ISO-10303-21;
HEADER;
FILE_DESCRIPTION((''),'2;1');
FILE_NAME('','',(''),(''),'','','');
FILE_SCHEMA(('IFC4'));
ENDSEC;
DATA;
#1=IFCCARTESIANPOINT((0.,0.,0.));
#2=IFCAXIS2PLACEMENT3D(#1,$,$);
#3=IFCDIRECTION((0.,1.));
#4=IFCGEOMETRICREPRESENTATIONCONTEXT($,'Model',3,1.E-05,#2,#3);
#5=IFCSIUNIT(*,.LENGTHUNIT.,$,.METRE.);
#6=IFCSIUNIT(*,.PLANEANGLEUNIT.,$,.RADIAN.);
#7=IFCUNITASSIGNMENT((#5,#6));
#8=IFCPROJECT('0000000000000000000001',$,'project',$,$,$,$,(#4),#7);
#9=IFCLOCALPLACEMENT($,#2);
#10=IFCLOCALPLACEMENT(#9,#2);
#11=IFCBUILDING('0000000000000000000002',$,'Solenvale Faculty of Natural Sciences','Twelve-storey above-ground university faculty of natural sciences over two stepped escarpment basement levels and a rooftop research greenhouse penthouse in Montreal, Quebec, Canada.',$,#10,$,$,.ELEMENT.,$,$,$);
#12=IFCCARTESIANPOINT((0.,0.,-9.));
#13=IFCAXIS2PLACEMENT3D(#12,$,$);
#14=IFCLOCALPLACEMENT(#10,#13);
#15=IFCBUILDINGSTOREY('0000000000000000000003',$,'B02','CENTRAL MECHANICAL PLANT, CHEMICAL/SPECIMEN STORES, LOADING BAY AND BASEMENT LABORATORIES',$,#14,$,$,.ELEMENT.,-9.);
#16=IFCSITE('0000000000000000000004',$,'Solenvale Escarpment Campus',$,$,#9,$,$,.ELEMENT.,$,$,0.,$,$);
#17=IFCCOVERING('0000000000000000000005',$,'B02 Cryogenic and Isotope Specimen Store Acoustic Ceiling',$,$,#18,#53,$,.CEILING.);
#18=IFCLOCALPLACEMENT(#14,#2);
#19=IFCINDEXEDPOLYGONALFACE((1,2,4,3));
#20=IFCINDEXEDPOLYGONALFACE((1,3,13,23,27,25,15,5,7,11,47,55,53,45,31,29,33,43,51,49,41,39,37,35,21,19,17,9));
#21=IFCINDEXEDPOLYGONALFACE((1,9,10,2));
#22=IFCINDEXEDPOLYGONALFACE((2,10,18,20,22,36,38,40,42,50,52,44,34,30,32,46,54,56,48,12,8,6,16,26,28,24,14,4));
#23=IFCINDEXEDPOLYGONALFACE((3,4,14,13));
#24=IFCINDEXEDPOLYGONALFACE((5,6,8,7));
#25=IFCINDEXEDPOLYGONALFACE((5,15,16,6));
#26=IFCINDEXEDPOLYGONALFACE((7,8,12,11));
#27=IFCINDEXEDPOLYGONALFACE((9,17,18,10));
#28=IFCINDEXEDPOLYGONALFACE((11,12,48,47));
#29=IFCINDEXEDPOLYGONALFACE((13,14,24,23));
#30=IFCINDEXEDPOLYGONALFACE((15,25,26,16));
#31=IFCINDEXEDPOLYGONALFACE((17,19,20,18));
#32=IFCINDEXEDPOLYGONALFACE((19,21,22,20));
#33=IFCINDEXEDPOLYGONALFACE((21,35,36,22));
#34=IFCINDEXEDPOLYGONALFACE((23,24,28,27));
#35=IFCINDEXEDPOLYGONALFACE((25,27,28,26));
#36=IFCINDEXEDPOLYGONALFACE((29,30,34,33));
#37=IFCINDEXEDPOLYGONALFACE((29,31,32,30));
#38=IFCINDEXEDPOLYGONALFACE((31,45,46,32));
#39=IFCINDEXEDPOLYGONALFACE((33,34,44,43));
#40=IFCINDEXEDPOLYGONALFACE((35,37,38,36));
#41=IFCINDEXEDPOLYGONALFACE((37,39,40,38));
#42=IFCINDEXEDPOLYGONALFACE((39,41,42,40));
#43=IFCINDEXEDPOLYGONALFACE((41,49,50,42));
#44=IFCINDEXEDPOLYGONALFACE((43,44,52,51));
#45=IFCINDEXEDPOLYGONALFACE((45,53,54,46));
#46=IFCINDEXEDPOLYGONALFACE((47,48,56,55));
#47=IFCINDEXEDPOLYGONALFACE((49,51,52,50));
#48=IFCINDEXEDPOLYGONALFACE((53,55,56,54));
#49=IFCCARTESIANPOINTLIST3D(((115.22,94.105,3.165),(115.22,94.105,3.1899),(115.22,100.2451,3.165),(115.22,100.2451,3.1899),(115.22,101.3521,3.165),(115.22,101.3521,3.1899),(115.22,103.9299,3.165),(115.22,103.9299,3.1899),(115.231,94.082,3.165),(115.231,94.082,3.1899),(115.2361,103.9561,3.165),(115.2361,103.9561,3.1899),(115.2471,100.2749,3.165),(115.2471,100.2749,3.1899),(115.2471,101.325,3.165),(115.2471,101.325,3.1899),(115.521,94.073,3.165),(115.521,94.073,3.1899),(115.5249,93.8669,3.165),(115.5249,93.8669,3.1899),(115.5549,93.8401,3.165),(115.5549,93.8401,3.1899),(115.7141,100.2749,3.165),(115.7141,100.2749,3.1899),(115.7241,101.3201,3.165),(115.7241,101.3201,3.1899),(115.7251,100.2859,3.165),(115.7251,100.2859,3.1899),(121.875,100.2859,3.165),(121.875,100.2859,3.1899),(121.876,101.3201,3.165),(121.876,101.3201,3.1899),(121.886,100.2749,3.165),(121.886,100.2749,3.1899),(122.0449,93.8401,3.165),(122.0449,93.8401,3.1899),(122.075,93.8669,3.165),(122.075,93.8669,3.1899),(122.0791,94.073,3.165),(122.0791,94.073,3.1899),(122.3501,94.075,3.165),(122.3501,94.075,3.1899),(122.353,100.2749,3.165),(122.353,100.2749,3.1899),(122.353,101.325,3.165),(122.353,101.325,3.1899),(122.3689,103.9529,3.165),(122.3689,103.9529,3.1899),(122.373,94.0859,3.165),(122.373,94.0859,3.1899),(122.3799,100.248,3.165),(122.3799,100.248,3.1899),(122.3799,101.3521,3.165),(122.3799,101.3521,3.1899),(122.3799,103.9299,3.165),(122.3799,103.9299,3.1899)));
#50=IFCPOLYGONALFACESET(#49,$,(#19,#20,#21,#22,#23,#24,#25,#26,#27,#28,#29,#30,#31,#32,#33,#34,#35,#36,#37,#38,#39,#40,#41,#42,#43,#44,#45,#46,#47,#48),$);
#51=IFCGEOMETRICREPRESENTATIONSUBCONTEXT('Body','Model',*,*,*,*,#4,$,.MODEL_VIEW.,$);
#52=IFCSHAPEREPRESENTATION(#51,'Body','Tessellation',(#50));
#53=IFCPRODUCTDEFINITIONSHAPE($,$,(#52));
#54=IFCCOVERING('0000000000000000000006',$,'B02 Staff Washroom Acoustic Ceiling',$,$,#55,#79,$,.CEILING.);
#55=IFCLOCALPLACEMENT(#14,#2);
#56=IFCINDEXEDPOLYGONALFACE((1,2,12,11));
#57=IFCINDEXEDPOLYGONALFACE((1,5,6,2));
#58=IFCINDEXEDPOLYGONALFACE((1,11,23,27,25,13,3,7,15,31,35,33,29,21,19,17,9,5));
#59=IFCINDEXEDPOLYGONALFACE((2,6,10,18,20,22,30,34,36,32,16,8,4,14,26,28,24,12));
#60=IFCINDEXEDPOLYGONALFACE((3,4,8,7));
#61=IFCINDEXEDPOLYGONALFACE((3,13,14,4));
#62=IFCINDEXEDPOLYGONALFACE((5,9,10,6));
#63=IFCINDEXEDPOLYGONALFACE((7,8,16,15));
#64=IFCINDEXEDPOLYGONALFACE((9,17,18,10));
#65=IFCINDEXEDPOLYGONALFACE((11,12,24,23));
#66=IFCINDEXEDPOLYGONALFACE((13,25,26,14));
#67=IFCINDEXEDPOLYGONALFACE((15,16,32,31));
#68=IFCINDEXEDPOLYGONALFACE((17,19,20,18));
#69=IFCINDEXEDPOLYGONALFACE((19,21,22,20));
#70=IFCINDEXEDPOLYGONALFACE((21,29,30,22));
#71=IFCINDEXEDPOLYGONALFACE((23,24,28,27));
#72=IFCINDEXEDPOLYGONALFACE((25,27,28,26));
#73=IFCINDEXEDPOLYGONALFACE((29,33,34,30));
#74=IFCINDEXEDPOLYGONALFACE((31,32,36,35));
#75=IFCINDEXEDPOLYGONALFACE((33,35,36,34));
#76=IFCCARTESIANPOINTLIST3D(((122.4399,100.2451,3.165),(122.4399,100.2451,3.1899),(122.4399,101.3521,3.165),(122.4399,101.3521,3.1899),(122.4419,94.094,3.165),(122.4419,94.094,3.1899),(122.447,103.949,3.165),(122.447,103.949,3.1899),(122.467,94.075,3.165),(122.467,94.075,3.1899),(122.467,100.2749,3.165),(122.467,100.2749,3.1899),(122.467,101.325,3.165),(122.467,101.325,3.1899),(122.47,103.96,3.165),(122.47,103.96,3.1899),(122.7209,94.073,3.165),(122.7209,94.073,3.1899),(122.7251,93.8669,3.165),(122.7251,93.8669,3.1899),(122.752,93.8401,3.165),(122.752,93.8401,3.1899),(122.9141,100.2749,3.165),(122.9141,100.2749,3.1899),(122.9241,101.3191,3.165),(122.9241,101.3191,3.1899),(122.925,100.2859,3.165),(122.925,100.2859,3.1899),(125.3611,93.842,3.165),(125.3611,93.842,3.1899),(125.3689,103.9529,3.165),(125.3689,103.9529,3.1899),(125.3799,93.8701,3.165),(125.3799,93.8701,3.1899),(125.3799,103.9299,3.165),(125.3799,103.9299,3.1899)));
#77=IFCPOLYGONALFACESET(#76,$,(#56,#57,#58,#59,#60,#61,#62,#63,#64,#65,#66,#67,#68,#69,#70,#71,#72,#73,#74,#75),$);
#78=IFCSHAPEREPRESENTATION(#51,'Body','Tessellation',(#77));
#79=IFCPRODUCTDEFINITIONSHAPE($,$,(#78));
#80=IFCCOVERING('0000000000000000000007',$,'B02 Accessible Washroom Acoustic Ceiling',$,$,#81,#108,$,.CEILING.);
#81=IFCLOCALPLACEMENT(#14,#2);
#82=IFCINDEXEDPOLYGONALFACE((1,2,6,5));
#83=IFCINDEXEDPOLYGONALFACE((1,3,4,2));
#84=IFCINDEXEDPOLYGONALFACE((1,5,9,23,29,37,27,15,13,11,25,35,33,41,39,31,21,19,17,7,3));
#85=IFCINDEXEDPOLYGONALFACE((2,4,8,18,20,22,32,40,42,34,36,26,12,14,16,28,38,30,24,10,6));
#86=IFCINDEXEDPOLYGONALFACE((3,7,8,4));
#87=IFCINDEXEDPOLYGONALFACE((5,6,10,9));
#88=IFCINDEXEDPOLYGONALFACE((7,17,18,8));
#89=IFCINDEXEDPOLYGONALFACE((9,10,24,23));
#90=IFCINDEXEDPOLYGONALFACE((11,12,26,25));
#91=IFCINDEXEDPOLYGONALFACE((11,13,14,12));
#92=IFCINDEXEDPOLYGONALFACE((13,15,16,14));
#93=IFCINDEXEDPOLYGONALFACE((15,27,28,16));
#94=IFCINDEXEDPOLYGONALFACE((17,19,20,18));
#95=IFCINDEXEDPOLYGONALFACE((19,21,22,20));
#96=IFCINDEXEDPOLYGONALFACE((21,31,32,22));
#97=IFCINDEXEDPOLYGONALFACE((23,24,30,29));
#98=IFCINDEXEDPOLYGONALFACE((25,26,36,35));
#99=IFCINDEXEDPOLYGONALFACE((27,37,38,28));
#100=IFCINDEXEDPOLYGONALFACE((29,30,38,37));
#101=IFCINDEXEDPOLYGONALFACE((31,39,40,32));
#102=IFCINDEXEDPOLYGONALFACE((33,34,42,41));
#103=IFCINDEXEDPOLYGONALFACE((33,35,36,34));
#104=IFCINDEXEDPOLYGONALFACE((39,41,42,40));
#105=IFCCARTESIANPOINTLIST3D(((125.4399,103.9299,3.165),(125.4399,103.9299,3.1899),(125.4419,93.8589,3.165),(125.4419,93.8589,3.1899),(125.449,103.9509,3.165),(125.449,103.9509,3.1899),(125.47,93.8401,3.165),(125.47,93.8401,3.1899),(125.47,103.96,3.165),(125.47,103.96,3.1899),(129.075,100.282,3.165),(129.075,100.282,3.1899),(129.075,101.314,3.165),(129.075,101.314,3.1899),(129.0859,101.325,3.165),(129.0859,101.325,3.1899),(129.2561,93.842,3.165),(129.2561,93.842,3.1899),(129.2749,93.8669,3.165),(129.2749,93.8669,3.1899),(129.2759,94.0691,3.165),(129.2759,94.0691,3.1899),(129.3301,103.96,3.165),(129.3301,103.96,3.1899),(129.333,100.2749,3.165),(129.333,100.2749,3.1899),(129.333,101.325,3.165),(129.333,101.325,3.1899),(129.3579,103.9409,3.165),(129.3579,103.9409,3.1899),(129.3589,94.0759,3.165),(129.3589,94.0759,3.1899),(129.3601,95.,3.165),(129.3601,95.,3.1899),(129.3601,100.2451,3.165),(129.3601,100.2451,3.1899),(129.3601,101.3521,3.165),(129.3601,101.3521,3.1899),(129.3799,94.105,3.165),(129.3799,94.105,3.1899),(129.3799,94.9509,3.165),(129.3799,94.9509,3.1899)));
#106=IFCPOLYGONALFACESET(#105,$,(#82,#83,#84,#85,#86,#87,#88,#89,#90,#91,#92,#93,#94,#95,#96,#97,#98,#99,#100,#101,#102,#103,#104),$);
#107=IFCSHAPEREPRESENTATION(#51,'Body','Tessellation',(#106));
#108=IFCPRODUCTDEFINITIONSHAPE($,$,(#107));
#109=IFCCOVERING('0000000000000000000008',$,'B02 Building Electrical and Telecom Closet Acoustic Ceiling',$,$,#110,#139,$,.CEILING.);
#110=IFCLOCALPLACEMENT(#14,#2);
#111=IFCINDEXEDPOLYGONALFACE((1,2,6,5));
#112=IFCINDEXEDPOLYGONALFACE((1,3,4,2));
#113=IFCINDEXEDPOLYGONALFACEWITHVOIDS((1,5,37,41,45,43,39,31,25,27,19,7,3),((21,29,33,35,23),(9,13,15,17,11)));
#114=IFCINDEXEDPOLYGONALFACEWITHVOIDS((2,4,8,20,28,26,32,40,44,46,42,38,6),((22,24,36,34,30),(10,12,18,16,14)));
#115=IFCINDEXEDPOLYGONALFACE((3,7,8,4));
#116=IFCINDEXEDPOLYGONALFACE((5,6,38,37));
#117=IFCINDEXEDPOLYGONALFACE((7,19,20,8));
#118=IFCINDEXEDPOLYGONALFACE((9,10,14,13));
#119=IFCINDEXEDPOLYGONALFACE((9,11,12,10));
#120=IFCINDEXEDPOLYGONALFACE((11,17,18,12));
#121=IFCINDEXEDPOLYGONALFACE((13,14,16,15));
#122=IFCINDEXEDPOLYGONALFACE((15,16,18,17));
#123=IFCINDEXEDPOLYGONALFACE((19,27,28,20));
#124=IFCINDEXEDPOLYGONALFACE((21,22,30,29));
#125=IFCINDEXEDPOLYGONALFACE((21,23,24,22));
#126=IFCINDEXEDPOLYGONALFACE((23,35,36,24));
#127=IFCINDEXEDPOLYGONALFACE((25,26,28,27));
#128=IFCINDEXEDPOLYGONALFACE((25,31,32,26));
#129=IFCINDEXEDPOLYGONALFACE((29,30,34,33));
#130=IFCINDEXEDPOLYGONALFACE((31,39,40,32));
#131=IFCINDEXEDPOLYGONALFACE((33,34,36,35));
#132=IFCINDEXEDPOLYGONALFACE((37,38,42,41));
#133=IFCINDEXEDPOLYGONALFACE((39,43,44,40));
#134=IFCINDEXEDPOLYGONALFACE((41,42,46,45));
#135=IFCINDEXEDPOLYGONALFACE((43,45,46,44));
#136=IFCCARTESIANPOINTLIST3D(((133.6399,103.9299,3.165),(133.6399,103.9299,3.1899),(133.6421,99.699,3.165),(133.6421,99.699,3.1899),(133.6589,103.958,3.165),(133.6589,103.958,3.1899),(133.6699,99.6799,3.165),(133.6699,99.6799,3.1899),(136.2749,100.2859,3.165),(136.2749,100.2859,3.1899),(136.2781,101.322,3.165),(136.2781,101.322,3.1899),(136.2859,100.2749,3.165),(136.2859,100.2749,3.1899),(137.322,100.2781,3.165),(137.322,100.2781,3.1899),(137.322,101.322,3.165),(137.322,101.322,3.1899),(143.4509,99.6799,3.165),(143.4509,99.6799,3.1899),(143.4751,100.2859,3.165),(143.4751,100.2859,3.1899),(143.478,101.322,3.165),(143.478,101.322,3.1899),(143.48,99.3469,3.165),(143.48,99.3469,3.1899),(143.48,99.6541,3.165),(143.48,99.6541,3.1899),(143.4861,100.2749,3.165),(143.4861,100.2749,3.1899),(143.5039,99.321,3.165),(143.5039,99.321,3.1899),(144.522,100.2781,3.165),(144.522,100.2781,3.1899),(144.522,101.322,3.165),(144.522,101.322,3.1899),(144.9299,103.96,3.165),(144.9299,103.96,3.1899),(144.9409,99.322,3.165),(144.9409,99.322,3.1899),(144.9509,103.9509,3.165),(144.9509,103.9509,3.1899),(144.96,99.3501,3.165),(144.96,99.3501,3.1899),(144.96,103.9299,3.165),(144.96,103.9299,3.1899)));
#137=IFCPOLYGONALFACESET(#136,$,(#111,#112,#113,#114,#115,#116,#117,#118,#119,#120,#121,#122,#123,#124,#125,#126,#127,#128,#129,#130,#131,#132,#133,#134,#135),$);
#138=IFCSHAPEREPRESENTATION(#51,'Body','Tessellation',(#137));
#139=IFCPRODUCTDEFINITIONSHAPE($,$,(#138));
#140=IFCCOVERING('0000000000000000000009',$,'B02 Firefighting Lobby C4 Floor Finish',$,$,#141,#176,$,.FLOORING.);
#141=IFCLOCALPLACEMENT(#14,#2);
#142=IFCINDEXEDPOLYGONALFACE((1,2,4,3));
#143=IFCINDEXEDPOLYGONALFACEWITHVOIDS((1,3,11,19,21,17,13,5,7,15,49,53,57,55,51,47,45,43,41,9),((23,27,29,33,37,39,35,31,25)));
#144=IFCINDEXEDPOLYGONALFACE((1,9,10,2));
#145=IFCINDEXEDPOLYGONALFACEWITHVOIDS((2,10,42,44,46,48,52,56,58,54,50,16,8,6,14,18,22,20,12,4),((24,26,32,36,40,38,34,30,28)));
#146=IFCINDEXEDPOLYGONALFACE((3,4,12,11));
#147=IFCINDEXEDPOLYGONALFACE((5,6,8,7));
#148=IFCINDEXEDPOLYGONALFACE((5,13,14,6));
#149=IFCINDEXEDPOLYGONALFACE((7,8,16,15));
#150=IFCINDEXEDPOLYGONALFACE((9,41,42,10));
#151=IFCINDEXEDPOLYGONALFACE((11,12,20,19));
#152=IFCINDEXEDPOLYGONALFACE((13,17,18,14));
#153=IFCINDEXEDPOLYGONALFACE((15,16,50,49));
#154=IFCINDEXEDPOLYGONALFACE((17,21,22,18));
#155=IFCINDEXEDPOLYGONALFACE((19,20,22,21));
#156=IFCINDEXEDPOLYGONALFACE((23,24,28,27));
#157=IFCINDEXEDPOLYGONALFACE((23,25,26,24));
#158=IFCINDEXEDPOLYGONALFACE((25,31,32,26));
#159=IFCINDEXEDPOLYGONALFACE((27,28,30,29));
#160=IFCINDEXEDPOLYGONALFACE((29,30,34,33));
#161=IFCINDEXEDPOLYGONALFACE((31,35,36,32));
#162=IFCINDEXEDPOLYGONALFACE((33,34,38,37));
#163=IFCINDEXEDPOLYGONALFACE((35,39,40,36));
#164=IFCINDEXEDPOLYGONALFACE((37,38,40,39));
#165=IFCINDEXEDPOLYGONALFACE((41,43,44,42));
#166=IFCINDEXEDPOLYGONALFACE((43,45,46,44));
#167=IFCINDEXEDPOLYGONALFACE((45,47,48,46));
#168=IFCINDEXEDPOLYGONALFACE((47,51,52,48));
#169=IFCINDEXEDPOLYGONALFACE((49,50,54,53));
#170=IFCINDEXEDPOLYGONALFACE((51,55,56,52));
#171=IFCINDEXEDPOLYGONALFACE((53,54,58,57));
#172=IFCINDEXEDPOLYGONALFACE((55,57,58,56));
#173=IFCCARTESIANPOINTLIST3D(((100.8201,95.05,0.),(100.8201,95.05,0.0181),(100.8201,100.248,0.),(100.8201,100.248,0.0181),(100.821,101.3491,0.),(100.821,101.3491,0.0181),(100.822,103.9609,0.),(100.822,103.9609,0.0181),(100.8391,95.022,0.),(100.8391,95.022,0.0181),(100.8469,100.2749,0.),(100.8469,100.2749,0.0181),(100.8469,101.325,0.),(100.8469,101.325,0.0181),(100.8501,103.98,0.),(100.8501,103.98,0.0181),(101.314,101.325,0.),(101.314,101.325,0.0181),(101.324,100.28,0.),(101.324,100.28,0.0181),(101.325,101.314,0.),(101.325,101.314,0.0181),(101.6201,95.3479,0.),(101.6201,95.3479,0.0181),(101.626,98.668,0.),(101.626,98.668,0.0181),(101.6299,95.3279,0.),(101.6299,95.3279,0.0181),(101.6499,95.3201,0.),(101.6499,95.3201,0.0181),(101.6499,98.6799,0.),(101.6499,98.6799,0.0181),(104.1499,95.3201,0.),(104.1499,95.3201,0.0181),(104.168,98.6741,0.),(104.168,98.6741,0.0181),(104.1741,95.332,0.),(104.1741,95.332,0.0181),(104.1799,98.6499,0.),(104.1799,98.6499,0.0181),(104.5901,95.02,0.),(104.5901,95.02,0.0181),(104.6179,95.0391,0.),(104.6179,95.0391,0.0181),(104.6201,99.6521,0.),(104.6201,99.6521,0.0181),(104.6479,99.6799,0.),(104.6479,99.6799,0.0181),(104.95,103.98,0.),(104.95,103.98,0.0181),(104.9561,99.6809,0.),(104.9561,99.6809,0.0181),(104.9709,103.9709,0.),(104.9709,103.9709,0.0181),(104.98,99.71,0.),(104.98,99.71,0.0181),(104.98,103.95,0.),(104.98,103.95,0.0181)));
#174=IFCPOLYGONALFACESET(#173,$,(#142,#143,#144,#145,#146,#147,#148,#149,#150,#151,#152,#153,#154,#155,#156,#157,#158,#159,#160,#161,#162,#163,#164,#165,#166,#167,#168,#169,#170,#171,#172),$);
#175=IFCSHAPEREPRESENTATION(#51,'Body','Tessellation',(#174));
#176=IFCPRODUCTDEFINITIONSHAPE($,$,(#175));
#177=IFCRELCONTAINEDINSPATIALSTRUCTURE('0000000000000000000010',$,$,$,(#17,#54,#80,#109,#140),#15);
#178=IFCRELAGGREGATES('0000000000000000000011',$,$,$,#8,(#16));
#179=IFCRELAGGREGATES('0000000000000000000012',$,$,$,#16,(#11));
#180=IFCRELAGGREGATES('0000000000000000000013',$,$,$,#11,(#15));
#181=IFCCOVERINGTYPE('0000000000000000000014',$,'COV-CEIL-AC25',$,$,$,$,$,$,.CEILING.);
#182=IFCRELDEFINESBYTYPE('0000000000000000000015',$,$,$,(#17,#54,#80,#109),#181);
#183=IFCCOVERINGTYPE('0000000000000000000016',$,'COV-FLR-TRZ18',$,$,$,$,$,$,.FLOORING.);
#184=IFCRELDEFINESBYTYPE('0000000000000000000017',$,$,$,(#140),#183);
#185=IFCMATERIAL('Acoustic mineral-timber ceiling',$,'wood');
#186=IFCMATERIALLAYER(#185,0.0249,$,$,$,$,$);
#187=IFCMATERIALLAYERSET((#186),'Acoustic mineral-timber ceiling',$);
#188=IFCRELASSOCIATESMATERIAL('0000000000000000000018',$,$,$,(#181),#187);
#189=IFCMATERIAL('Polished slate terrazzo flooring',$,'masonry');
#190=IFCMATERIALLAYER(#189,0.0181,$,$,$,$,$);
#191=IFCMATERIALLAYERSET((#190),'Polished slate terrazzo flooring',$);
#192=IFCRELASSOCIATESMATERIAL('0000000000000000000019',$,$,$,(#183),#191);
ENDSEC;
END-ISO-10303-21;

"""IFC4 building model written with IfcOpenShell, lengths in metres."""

from ifc_helpers import new_model, si_unit, direction, frame, origin, place, context, subcontext, project, spatial, polyline, outline, extrude, material, layer, layer_set, type_object, element, save


model = new_model("IFC4")

# Units and contexts
model_context = context("Model", 3, precision=1e-05, world=origin(), true_north=direction((0.0, 1.0)))
body_context = subcontext(model_context, "Body", "Model", "MODEL_VIEW")
ifc_project = project(units=[si_unit("LENGTHUNIT", "METRE"), si_unit("PLANEANGLEUNIT", "RADIAN")], contexts=[model_context])

# Site, building, storey
site_placement = place(None, origin())
site = spatial("IfcSite", under=ifc_project, at=site_placement, Name="Solenvale Escarpment Campus", CompositionType="ELEMENT", RefElevation=0.0)
building_placement = place(site_placement, origin())
building = spatial("IfcBuilding", under=site, at=building_placement, Name="Solenvale Faculty of Natural Sciences", Description="Twelve-storey above-ground university faculty of natural sciences over two stepped escarpment basement levels and a rooftop research greenhouse penthouse in Montreal, Quebec, Canada.", CompositionType="ELEMENT")
storey_placement = place(building_placement, frame((0.0, 0.0, -9.0)))
storey = spatial("IfcBuildingStorey", under=building, at=storey_placement, Name="B02", Description="CENTRAL MECHANICAL PLANT, CHEMICAL/SPECIMEN STORES, LOADING BAY AND BASEMENT LABORATORIES", CompositionType="ELEMENT", Elevation=-9.0)

# Coverings
ifc_material_1 = material(Name="Acoustic mineral-timber ceiling", Category="wood")
ifc_layer_1 = layer(ifc_material_1, 0.0249)
ifc_layer_set_1 = layer_set([ifc_layer_1], Name="Acoustic mineral-timber ceiling")
covering_type_1 = type_object("IfcCoveringType", Name="COV-CEIL-AC25", PredefinedType="CEILING", material=ifc_layer_set_1)
covering_1_placement = place(storey_placement, frame((0.0, 0.0, 3.165)))
element("IfcCovering", 1, at=covering_1_placement, inside=storey, type_object=covering_type_1, Name="B02 Cryogenic and Isotope Specimen Store Acoustic Ceiling", PredefinedType="CEILING", context=body_context, shape_type="SweptSolid", body=[
    extrude(outline(polyline([(115.22, 100.2451), (115.2471, 100.2749), (115.7141, 100.2749), (115.7251, 100.2859), (115.7241, 101.3201), (115.2471, 101.325), (115.22, 101.3521), (115.22, 103.9299), (115.2361, 103.9561), (122.3689, 103.9529), (122.3799, 103.9299), (122.3799, 101.3521), (122.353, 101.325), (121.876, 101.3201), (121.875, 100.2859), (121.886, 100.2749), (122.353, 100.2749), (122.3799, 100.248), (122.373, 94.0859), (122.3501, 94.075), (122.0791, 94.073), (122.075, 93.8669), (122.0449, 93.8401), (115.5549, 93.8401), (115.5249, 93.8669), (115.521, 94.073), (115.231, 94.082), (115.22, 94.105), (115.22, 100.2451)])), origin(), (0.0, 0.0, 1.0), 0.0249),
])
covering_2_placement = place(storey_placement, frame((0.0, 0.0, 3.165)))
element("IfcCovering", 2, at=covering_2_placement, inside=storey, type_object=covering_type_1, Name="B02 Staff Washroom Acoustic Ceiling", PredefinedType="CEILING", context=body_context, shape_type="SweptSolid", body=[
    extrude(outline(polyline([(122.4399, 100.2451), (122.467, 100.2749), (122.9141, 100.2749), (122.925, 100.2859), (122.9241, 101.3191), (122.467, 101.325), (122.4399, 101.3521), (122.447, 103.949), (122.47, 103.96), (125.3689, 103.9529), (125.3799, 103.9299), (125.3799, 93.8701), (125.3611, 93.842), (122.752, 93.8401), (122.7251, 93.8669), (122.7209, 94.073), (122.467, 94.075), (122.4419, 94.094), (122.4399, 100.2451)])), origin(), (0.0, 0.0, 1.0), 0.0249),
])
covering_3_placement = place(storey_placement, frame((0.0, 0.0, 3.165)))
element("IfcCovering", 3, at=covering_3_placement, inside=storey, type_object=covering_type_1, Name="B02 Accessible Washroom Acoustic Ceiling", PredefinedType="CEILING", context=body_context, shape_type="SweptSolid", body=[
    extrude(outline(polyline([(125.4399, 103.9299), (125.449, 103.9509), (125.47, 103.96), (129.3301, 103.96), (129.3579, 103.9409), (129.3601, 101.3521), (129.333, 101.325), (129.0859, 101.325), (129.075, 101.314), (129.075, 100.282), (129.333, 100.2749), (129.3601, 100.2451), (129.3601, 95.0), (129.3799, 94.9509), (129.3799, 94.105), (129.3589, 94.0759), (129.2759, 94.0691), (129.2749, 93.8669), (129.2561, 93.842), (125.47, 93.8401), (125.4419, 93.8589), (125.4399, 103.9299)])), origin(), (0.0, 0.0, 1.0), 0.0249),
])
covering_4_placement = place(storey_placement, frame((0.0, 0.0, 3.165)))
element("IfcCovering", 4, at=covering_4_placement, inside=storey, type_object=covering_type_1, Name="B02 Building Electrical and Telecom Closet Acoustic Ceiling", PredefinedType="CEILING", context=body_context, shape_type="SweptSolid", body=[
    extrude(outline(polyline([(144.9299, 103.96), (144.9509, 103.9509), (144.96, 103.9299), (144.96, 99.3501), (144.9409, 99.322), (143.5039, 99.321), (143.48, 99.3469), (143.48, 99.6541), (143.4509, 99.6799), (133.6699, 99.6799), (133.6421, 99.699), (133.6399, 103.9299), (133.6589, 103.958), (144.9299, 103.96)]), holes=[polyline([(143.4751, 100.2859), (143.4861, 100.2749), (144.522, 100.2781), (144.522, 101.322), (143.478, 101.322), (143.4751, 100.2859)]), polyline([(136.2749, 100.2859), (136.2859, 100.2749), (137.322, 100.2781), (137.322, 101.322), (136.2781, 101.322), (136.2749, 100.2859)])]), origin(), (0.0, 0.0, 1.0), 0.0249),
])
ifc_material_2 = material(Name="Polished slate terrazzo flooring", Category="masonry")
ifc_layer_2 = layer(ifc_material_2, 0.0181)
ifc_layer_set_2 = layer_set([ifc_layer_2], Name="Polished slate terrazzo flooring")
covering_type_2 = type_object("IfcCoveringType", Name="COV-FLR-TRZ18", PredefinedType="FLOORING", material=ifc_layer_set_2)
covering_5_placement = place(storey_placement, origin())
element("IfcCovering", 5, at=covering_5_placement, inside=storey, type_object=covering_type_2, Name="B02 Firefighting Lobby C4 Floor Finish", PredefinedType="FLOORING", context=body_context, shape_type="SweptSolid", body=[
    extrude(outline(polyline([(104.95, 103.98), (104.9709, 103.9709), (104.98, 103.95), (104.98, 99.71), (104.9561, 99.6809), (104.6479, 99.6799), (104.6201, 99.6521), (104.6179, 95.0391), (104.5901, 95.02), (100.8391, 95.022), (100.8201, 95.05), (100.8201, 100.248), (100.8469, 100.2749), (101.324, 100.28), (101.325, 101.314), (101.314, 101.325), (100.8469, 101.325), (100.821, 101.3491), (100.822, 103.9609), (100.8501, 103.98), (104.95, 103.98)]), holes=[polyline([(101.6201, 95.3479), (101.6299, 95.3279), (101.6499, 95.3201), (104.1499, 95.3201), (104.1741, 95.332), (104.1799, 98.6499), (104.168, 98.6741), (101.6499, 98.6799), (101.626, 98.668), (101.6201, 95.3479)])]), origin(), (0.0, 0.0, 1.0), 0.0181),
])

save(model, "model.ifc")
